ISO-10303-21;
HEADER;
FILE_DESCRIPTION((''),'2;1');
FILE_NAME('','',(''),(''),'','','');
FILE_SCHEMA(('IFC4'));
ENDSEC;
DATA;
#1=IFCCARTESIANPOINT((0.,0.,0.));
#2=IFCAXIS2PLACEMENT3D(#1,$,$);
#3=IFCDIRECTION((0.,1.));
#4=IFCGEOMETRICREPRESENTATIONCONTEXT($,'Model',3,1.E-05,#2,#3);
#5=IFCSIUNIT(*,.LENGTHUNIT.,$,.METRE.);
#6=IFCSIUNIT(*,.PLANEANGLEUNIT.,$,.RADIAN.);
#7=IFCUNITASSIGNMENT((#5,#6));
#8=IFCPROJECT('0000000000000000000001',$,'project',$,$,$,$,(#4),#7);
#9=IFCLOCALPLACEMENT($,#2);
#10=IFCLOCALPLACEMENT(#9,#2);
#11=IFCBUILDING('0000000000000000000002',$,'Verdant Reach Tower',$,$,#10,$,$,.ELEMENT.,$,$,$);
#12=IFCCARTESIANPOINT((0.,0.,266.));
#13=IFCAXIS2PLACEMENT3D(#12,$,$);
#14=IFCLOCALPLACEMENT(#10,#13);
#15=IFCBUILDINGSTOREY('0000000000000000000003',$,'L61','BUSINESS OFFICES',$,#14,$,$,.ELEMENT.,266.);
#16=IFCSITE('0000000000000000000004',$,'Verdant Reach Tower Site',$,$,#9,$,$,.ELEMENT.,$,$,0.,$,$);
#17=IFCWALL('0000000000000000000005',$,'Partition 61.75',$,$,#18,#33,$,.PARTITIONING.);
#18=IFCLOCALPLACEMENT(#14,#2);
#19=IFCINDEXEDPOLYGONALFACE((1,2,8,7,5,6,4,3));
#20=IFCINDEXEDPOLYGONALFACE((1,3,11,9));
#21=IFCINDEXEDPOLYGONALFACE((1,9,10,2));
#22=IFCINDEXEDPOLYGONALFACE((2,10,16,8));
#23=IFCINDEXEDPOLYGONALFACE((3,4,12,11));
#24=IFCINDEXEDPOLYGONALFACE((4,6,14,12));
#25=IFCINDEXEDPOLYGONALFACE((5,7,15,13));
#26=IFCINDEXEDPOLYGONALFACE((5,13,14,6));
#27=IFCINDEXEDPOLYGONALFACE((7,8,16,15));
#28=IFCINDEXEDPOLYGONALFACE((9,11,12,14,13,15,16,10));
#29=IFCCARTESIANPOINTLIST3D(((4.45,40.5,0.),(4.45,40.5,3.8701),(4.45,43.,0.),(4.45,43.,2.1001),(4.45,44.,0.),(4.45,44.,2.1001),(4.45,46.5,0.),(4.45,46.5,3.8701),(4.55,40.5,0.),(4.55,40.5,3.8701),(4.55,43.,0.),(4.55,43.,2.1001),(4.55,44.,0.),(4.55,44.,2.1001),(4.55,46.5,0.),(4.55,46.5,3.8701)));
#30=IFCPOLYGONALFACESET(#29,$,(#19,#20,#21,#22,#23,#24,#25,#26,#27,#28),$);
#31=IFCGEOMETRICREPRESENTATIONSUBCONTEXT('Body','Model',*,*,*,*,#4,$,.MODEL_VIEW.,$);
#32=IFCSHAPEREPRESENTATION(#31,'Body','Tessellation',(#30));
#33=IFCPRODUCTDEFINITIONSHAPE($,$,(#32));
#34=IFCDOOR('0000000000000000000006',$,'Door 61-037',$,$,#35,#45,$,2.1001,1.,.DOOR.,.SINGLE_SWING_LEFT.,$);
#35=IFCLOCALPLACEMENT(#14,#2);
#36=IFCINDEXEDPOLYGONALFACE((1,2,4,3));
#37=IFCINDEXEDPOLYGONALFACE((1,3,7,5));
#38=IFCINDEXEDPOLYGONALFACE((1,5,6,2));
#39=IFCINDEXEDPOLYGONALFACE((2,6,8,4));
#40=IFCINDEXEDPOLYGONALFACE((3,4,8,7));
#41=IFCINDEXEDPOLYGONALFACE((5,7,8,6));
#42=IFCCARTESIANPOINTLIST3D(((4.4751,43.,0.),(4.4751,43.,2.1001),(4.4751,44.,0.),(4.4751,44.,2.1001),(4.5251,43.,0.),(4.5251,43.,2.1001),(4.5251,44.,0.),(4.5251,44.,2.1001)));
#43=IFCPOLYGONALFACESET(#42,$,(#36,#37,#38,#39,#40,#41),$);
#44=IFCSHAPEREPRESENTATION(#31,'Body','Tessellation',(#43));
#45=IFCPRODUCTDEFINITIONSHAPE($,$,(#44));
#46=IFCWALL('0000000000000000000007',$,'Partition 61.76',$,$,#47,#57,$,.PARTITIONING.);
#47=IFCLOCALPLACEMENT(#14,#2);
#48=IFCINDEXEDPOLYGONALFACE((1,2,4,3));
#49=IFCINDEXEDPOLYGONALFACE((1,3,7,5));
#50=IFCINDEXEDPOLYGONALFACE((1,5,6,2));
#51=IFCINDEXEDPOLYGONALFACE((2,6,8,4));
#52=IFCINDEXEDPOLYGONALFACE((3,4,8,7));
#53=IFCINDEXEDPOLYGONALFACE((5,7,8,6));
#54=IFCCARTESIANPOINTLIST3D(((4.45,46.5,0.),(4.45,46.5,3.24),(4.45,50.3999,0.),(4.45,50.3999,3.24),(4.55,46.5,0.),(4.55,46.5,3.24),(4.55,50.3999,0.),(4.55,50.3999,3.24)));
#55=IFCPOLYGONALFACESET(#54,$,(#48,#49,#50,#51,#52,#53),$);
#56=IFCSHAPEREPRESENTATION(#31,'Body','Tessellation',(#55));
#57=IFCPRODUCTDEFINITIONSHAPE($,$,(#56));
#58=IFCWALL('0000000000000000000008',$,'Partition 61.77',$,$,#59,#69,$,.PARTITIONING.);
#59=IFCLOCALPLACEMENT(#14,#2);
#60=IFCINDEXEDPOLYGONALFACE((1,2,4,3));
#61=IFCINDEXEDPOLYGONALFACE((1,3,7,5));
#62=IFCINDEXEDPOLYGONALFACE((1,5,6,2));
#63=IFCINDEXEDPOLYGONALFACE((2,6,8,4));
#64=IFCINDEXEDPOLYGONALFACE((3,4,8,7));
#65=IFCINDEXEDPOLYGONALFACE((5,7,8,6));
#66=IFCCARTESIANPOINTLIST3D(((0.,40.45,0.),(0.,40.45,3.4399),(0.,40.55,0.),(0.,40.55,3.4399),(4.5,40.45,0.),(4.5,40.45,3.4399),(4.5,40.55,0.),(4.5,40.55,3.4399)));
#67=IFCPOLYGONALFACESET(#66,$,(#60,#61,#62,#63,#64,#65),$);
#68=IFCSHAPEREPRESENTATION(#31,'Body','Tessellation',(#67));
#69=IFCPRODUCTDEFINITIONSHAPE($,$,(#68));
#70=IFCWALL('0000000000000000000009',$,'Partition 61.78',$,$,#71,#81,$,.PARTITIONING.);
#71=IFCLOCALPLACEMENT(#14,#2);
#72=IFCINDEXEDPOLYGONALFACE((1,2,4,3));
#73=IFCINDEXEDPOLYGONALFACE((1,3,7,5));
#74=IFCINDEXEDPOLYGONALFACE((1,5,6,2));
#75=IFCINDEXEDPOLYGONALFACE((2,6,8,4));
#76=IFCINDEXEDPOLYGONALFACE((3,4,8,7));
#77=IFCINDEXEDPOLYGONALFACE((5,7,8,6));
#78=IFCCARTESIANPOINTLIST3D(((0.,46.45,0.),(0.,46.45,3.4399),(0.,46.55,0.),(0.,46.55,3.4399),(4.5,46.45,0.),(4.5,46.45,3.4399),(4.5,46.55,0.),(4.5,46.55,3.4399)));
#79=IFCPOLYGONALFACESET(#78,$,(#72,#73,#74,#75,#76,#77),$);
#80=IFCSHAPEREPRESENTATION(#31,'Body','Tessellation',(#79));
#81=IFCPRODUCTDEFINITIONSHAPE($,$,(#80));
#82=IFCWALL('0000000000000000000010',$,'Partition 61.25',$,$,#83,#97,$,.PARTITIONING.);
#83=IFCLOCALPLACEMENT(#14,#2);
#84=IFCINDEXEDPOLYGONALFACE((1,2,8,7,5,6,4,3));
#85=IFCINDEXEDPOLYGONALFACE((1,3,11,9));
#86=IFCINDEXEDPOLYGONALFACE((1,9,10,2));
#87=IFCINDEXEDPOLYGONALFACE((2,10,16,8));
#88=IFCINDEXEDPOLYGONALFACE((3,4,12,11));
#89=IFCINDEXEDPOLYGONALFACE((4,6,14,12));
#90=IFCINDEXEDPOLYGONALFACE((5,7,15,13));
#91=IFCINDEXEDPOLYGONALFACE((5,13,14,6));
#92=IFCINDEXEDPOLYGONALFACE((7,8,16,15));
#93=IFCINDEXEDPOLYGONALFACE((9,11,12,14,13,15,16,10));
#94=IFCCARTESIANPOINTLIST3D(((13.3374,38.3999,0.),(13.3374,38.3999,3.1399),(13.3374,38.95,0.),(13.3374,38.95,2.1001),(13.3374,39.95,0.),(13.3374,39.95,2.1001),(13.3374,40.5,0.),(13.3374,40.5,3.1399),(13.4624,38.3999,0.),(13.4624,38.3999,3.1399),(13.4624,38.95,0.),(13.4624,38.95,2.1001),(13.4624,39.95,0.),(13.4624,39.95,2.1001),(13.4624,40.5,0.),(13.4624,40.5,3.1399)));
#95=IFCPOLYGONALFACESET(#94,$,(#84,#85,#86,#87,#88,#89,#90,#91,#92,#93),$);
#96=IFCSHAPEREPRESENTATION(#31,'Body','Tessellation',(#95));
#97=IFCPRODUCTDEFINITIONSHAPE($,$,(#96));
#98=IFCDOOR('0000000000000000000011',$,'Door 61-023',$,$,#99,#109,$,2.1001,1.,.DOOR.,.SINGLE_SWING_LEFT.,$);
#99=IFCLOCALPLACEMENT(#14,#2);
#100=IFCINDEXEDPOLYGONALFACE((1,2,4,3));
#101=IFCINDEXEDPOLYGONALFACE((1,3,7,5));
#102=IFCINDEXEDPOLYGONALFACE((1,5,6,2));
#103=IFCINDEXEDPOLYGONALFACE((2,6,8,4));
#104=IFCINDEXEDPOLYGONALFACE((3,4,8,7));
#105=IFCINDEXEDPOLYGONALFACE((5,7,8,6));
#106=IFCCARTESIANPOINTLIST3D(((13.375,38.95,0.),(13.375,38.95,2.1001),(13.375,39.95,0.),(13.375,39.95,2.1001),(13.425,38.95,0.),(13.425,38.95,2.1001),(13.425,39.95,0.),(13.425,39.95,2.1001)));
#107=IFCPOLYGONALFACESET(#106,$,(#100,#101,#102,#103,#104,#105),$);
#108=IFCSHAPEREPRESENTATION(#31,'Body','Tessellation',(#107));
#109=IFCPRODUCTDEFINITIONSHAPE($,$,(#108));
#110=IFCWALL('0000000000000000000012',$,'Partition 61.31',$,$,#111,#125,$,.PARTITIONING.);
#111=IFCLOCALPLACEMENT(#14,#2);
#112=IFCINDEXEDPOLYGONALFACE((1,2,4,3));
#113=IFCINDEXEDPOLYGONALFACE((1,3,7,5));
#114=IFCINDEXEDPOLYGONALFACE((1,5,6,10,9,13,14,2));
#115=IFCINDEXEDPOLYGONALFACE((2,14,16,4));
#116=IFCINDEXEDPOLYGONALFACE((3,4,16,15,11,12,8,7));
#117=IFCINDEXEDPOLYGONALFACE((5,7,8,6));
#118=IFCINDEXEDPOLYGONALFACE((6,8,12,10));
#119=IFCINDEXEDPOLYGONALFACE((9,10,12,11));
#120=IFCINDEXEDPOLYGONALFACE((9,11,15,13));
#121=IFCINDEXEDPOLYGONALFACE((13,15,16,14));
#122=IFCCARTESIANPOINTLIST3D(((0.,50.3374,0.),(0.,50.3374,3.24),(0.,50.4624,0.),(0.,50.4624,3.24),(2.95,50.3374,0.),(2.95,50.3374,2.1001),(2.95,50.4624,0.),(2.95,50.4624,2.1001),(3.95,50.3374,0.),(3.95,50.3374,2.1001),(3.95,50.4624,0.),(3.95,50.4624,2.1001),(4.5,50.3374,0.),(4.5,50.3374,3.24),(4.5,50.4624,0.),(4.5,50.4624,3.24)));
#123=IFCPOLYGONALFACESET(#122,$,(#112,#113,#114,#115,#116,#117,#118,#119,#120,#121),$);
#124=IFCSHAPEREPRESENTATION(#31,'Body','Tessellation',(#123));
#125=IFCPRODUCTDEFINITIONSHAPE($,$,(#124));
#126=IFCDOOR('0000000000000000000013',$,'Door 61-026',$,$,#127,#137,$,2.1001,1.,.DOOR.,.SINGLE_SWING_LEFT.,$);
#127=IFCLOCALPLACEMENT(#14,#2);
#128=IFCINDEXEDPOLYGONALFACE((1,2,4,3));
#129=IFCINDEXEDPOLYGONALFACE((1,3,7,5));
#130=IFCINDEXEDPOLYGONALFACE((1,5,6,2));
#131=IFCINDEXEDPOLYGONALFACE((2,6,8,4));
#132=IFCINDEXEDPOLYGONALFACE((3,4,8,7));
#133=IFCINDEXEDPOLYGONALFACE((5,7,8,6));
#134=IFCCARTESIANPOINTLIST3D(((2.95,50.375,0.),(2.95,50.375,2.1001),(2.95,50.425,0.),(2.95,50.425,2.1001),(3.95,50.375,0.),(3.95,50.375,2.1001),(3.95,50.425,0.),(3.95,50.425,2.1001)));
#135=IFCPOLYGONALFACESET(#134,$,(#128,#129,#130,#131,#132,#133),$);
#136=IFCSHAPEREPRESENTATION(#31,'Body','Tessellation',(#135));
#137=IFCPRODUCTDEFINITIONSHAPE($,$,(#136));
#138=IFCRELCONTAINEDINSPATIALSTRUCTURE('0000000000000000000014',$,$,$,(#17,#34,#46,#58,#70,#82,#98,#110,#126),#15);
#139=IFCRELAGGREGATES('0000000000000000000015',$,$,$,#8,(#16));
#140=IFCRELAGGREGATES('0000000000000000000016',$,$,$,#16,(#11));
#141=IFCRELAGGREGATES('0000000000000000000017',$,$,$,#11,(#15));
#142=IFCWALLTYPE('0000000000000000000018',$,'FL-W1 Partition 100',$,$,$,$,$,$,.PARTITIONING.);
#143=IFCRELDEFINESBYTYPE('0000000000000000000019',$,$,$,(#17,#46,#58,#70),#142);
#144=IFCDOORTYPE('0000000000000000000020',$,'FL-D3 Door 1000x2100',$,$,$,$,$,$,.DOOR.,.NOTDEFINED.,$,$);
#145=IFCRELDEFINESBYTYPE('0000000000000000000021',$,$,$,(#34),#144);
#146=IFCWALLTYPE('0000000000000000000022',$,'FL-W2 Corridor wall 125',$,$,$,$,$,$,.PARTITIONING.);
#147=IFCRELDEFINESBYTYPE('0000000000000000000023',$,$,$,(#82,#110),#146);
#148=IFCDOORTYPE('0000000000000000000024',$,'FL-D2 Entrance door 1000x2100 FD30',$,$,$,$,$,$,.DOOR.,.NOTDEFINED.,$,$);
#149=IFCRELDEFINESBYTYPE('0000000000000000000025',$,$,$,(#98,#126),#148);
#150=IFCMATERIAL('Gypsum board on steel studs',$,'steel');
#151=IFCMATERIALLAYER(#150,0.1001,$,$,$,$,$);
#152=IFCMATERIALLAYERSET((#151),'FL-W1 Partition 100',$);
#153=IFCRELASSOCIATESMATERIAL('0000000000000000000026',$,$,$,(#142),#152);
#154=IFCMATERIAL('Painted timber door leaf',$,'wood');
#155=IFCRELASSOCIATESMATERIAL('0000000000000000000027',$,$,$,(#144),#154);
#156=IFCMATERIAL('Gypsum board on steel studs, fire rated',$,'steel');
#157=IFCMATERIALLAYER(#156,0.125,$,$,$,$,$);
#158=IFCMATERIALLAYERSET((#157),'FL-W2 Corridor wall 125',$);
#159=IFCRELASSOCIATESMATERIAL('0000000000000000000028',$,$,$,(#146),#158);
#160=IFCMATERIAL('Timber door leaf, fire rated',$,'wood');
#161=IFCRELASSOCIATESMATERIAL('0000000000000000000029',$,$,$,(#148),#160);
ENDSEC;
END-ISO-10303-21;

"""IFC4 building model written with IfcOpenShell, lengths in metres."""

from ifc_helpers import new_model, si_unit, direction, frame, frame_2d, origin, place, context, subcontext, project, spatial, rectangle, extrude, material, layer, layer_set, type_object, element, fill, save


model = new_model("IFC4")

# Units and contexts
model_context = context("Model", 3, precision=1e-05, world=origin(), true_north=direction((0.0, 1.0)))
body_context = subcontext(model_context, "Body", "Model", "MODEL_VIEW")
ifc_project = project(units=[si_unit("LENGTHUNIT", "METRE"), si_unit("PLANEANGLEUNIT", "RADIAN")], contexts=[model_context])

# Site, building, storey
site_placement = place(None, origin())
site = spatial("IfcSite", under=ifc_project, at=site_placement, Name="Verdant Reach Tower Site", CompositionType="ELEMENT", RefElevation=0.0)
building_placement = place(site_placement, origin())
building = spatial("IfcBuilding", under=site, at=building_placement, Name="Verdant Reach Tower", CompositionType="ELEMENT")
storey_placement = place(building_placement, frame((0.0, 0.0, 266.0)))
storey = spatial("IfcBuildingStorey", under=building, at=storey_placement, Name="L61", Description="BUSINESS OFFICES", CompositionType="ELEMENT", Elevation=266.0)

# Shared definitions
ifc_material_1 = material(Name="Gypsum board on steel studs", Category="steel")
ifc_layer_1 = layer(ifc_material_1, 0.1001)
ifc_layer_set_1 = layer_set([ifc_layer_1], Name="FL-W1 Partition 100")
wall_type_1 = type_object("IfcWallType", Name="FL-W1 Partition 100", PredefinedType="PARTITIONING", material=ifc_layer_set_1)

# Wall, opening, door
ifc_material_2 = material(Name="Painted timber door leaf", Category="wood")
door_type_1 = type_object("IfcDoorType", Name="FL-D3 Door 1000x2100", OperationType="NOTDEFINED", PredefinedType="DOOR", material=ifc_material_2)
wall_1_placement = place(storey_placement, frame((4.5, 40.5, 0.0), z_axis=(0.0, 0.0, 1.0), x_axis=(0.0, 1.0, 0.0)))
wall_1 = element("IfcWall", 1, at=wall_1_placement, inside=storey, type_object=wall_type_1, Name="Partition 61.75", PredefinedType="PARTITIONING", context=body_context, shape_type="SweptSolid", body=[
    extrude(rectangle(XDim=6.0, YDim=0.1001, at=frame_2d((3.0, 0.0))), origin(), (0.0, 0.0, 1.0), 3.8701),
])
opening_1_placement = place(wall_1_placement, frame((2.5, 0.0, 0.0)))
opening_1 = element("IfcOpeningElement", 2, at=opening_1_placement, cuts=wall_1, PredefinedType="OPENING", context=body_context, shape_type="SweptSolid", body=[
    extrude(rectangle(XDim=1.0, YDim=2.1001, at=frame_2d((0.5, 1.05))), frame((0.0, 0.0601, 0.0), z_axis=(0.0, -1.0, 0.0), x_axis=(1.0, 0.0, 0.0)), (0.0, 0.0, 1.0), 0.1201),
])
door_1_placement = place(opening_1_placement, origin())
door_1 = element("IfcDoor", 3, at=door_1_placement, inside=storey, type_object=door_type_1, Name="Door 61-037", OperationType="SINGLE_SWING_LEFT", OverallHeight=2.1001, OverallWidth=1.0, PredefinedType="DOOR", context=body_context, shape_type="SweptSolid", body=[
    extrude(rectangle(XDim=1.0, YDim=2.1001, at=frame_2d((0.5, 1.05))), frame((0.0, 0.0249, 0.0), z_axis=(0.0, -1.0, 0.0), x_axis=(1.0, 0.0, 0.0)), (0.0, 0.0, 1.0), 0.05),
])
fill(opening_1, door_1)

# Walls
wall_2_placement = place(storey_placement, frame((4.5, 50.3999, 0.0), z_axis=(0.0, 0.0, 1.0), x_axis=(0.0, -1.0, 0.0)))
element("IfcWall", 4, at=wall_2_placement, inside=storey, type_object=wall_type_1, Name="Partition 61.76", PredefinedType="PARTITIONING", context=body_context, shape_type="SweptSolid", body=[
    extrude(rectangle(XDim=3.8999, YDim=0.1001, at=frame_2d((1.95, 0.0))), origin(), (0.0, 0.0, 1.0), 3.24),
])
for number, where, z_axis, x_axis, name in (
    (5, (4.5, 40.5, 0.0), (0.0, 0.0, 1.0), (-1.0, 0.0, 0.0), "Partition 61.77"),
    (6, (4.5, 46.5, 0.0), (0.0, 0.0, 1.0), (-1.0, 0.0, 0.0), "Partition 61.78"),
):
    element("IfcWall", number, at=place(storey_placement, frame(where, z_axis=z_axis, x_axis=x_axis)), inside=storey, type_object=wall_type_1, Name=name, PredefinedType="PARTITIONING", context=body_context, shape_type="SweptSolid", body=[
        extrude(rectangle(XDim=4.5, YDim=0.1001, at=frame_2d((2.25, 0.0))), origin(), (0.0, 0.0, 1.0), 3.4399),
    ])

# Walls, openings, doors
ifc_material_3 = material(Name="Gypsum board on steel studs, fire rated", Category="steel")
ifc_layer_2 = layer(ifc_material_3, 0.125)
ifc_layer_set_2 = layer_set([ifc_layer_2], Name="FL-W2 Corridor wall 125")
wall_type_2 = type_object("IfcWallType", Name="FL-W2 Corridor wall 125", PredefinedType="PARTITIONING", material=ifc_layer_set_2)
wall_3_placement = place(storey_placement, frame((13.3999, 38.3999, 0.0), z_axis=(0.0, 0.0, 1.0), x_axis=(0.0, 1.0, 0.0)))
wall_3 = element("IfcWall", 7, at=wall_3_placement, inside=storey, type_object=wall_type_2, Name="Partition 61.25", PredefinedType="PARTITIONING", context=body_context, shape_type="SweptSolid", body=[
    extrude(rectangle(XDim=2.1001, YDim=0.125, at=frame_2d((1.05, 0.0))), origin(), (0.0, 0.0, 1.0), 3.1399),
])
opening_2_placement = place(wall_3_placement, frame((0.55, 0.0, 0.0)))
opening_2 = element("IfcOpeningElement", 8, at=opening_2_placement, cuts=wall_3, PredefinedType="OPENING", context=body_context, shape_type="SweptSolid", body=[
    extrude(rectangle(XDim=1.0, YDim=2.1001, at=frame_2d((0.5, 1.05))), frame((0.0, 0.0725, 0.0), z_axis=(0.0, -1.0, 0.0), x_axis=(1.0, 0.0, 0.0)), (0.0, 0.0, 1.0), 0.145),
])
ifc_material_4 = material(Name="Timber door leaf, fire rated", Category="wood")
door_type_2 = type_object("IfcDoorType", Name="FL-D2 Entrance door 1000x2100 FD30", OperationType="NOTDEFINED", PredefinedType="DOOR", material=ifc_material_4)
door_2_placement = place(opening_2_placement, origin())
door_2 = element("IfcDoor", 9, at=door_2_placement, inside=storey, type_object=door_type_2, Name="Door 61-023", OperationType="SINGLE_SWING_LEFT", OverallHeight=2.1001, OverallWidth=1.0, PredefinedType="DOOR", context=body_context, shape_type="SweptSolid", body=[
    extrude(rectangle(XDim=1.0, YDim=2.1001, at=frame_2d((0.5, 1.05))), frame((0.0, 0.0249, 0.0), z_axis=(0.0, -1.0, 0.0), x_axis=(1.0, 0.0, 0.0)), (0.0, 0.0, 1.0), 0.05),
])
fill(opening_2, door_2)
wall_4_placement = place(storey_placement, frame((4.5, 50.3999, 0.0), z_axis=(0.0, 0.0, 1.0), x_axis=(-1.0, 0.0, 0.0)))
wall_4 = element("IfcWall", 10, at=wall_4_placement, inside=storey, type_object=wall_type_2, Name="Partition 61.31", PredefinedType="PARTITIONING", context=body_context, shape_type="SweptSolid", body=[
    extrude(rectangle(XDim=4.5, YDim=0.125, at=frame_2d((2.25, 0.0))), origin(), (0.0, 0.0, 1.0), 3.24),
])
opening_3_placement = place(wall_4_placement, frame((0.55, 0.0, 0.0)))
opening_3 = element("IfcOpeningElement", 11, at=opening_3_placement, cuts=wall_4, PredefinedType="OPENING", context=body_context, shape_type="SweptSolid", body=[
    extrude(rectangle(XDim=1.0, YDim=2.1001, at=frame_2d((0.5, 1.05))), frame((0.0, 0.0725, 0.0), z_axis=(0.0, -1.0, 0.0), x_axis=(1.0, 0.0, 0.0)), (0.0, 0.0, 1.0), 0.145),
])
door_3_placement = place(opening_3_placement, origin())
door_3 = element("IfcDoor", 12, at=door_3_placement, inside=storey, type_object=door_type_2, Name="Door 61-026", OperationType="SINGLE_SWING_LEFT", OverallHeight=2.1001, OverallWidth=1.0, PredefinedType="DOOR", context=body_context, shape_type="SweptSolid", body=[
    extrude(rectangle(XDim=1.0, YDim=2.1001, at=frame_2d((0.5, 1.05))), frame((0.0, 0.0249, 0.0), z_axis=(0.0, -1.0, 0.0), x_axis=(1.0, 0.0, 0.0)), (0.0, 0.0, 1.0), 0.05),
])
fill(opening_3, door_3)

save(model, "model.ifc")
